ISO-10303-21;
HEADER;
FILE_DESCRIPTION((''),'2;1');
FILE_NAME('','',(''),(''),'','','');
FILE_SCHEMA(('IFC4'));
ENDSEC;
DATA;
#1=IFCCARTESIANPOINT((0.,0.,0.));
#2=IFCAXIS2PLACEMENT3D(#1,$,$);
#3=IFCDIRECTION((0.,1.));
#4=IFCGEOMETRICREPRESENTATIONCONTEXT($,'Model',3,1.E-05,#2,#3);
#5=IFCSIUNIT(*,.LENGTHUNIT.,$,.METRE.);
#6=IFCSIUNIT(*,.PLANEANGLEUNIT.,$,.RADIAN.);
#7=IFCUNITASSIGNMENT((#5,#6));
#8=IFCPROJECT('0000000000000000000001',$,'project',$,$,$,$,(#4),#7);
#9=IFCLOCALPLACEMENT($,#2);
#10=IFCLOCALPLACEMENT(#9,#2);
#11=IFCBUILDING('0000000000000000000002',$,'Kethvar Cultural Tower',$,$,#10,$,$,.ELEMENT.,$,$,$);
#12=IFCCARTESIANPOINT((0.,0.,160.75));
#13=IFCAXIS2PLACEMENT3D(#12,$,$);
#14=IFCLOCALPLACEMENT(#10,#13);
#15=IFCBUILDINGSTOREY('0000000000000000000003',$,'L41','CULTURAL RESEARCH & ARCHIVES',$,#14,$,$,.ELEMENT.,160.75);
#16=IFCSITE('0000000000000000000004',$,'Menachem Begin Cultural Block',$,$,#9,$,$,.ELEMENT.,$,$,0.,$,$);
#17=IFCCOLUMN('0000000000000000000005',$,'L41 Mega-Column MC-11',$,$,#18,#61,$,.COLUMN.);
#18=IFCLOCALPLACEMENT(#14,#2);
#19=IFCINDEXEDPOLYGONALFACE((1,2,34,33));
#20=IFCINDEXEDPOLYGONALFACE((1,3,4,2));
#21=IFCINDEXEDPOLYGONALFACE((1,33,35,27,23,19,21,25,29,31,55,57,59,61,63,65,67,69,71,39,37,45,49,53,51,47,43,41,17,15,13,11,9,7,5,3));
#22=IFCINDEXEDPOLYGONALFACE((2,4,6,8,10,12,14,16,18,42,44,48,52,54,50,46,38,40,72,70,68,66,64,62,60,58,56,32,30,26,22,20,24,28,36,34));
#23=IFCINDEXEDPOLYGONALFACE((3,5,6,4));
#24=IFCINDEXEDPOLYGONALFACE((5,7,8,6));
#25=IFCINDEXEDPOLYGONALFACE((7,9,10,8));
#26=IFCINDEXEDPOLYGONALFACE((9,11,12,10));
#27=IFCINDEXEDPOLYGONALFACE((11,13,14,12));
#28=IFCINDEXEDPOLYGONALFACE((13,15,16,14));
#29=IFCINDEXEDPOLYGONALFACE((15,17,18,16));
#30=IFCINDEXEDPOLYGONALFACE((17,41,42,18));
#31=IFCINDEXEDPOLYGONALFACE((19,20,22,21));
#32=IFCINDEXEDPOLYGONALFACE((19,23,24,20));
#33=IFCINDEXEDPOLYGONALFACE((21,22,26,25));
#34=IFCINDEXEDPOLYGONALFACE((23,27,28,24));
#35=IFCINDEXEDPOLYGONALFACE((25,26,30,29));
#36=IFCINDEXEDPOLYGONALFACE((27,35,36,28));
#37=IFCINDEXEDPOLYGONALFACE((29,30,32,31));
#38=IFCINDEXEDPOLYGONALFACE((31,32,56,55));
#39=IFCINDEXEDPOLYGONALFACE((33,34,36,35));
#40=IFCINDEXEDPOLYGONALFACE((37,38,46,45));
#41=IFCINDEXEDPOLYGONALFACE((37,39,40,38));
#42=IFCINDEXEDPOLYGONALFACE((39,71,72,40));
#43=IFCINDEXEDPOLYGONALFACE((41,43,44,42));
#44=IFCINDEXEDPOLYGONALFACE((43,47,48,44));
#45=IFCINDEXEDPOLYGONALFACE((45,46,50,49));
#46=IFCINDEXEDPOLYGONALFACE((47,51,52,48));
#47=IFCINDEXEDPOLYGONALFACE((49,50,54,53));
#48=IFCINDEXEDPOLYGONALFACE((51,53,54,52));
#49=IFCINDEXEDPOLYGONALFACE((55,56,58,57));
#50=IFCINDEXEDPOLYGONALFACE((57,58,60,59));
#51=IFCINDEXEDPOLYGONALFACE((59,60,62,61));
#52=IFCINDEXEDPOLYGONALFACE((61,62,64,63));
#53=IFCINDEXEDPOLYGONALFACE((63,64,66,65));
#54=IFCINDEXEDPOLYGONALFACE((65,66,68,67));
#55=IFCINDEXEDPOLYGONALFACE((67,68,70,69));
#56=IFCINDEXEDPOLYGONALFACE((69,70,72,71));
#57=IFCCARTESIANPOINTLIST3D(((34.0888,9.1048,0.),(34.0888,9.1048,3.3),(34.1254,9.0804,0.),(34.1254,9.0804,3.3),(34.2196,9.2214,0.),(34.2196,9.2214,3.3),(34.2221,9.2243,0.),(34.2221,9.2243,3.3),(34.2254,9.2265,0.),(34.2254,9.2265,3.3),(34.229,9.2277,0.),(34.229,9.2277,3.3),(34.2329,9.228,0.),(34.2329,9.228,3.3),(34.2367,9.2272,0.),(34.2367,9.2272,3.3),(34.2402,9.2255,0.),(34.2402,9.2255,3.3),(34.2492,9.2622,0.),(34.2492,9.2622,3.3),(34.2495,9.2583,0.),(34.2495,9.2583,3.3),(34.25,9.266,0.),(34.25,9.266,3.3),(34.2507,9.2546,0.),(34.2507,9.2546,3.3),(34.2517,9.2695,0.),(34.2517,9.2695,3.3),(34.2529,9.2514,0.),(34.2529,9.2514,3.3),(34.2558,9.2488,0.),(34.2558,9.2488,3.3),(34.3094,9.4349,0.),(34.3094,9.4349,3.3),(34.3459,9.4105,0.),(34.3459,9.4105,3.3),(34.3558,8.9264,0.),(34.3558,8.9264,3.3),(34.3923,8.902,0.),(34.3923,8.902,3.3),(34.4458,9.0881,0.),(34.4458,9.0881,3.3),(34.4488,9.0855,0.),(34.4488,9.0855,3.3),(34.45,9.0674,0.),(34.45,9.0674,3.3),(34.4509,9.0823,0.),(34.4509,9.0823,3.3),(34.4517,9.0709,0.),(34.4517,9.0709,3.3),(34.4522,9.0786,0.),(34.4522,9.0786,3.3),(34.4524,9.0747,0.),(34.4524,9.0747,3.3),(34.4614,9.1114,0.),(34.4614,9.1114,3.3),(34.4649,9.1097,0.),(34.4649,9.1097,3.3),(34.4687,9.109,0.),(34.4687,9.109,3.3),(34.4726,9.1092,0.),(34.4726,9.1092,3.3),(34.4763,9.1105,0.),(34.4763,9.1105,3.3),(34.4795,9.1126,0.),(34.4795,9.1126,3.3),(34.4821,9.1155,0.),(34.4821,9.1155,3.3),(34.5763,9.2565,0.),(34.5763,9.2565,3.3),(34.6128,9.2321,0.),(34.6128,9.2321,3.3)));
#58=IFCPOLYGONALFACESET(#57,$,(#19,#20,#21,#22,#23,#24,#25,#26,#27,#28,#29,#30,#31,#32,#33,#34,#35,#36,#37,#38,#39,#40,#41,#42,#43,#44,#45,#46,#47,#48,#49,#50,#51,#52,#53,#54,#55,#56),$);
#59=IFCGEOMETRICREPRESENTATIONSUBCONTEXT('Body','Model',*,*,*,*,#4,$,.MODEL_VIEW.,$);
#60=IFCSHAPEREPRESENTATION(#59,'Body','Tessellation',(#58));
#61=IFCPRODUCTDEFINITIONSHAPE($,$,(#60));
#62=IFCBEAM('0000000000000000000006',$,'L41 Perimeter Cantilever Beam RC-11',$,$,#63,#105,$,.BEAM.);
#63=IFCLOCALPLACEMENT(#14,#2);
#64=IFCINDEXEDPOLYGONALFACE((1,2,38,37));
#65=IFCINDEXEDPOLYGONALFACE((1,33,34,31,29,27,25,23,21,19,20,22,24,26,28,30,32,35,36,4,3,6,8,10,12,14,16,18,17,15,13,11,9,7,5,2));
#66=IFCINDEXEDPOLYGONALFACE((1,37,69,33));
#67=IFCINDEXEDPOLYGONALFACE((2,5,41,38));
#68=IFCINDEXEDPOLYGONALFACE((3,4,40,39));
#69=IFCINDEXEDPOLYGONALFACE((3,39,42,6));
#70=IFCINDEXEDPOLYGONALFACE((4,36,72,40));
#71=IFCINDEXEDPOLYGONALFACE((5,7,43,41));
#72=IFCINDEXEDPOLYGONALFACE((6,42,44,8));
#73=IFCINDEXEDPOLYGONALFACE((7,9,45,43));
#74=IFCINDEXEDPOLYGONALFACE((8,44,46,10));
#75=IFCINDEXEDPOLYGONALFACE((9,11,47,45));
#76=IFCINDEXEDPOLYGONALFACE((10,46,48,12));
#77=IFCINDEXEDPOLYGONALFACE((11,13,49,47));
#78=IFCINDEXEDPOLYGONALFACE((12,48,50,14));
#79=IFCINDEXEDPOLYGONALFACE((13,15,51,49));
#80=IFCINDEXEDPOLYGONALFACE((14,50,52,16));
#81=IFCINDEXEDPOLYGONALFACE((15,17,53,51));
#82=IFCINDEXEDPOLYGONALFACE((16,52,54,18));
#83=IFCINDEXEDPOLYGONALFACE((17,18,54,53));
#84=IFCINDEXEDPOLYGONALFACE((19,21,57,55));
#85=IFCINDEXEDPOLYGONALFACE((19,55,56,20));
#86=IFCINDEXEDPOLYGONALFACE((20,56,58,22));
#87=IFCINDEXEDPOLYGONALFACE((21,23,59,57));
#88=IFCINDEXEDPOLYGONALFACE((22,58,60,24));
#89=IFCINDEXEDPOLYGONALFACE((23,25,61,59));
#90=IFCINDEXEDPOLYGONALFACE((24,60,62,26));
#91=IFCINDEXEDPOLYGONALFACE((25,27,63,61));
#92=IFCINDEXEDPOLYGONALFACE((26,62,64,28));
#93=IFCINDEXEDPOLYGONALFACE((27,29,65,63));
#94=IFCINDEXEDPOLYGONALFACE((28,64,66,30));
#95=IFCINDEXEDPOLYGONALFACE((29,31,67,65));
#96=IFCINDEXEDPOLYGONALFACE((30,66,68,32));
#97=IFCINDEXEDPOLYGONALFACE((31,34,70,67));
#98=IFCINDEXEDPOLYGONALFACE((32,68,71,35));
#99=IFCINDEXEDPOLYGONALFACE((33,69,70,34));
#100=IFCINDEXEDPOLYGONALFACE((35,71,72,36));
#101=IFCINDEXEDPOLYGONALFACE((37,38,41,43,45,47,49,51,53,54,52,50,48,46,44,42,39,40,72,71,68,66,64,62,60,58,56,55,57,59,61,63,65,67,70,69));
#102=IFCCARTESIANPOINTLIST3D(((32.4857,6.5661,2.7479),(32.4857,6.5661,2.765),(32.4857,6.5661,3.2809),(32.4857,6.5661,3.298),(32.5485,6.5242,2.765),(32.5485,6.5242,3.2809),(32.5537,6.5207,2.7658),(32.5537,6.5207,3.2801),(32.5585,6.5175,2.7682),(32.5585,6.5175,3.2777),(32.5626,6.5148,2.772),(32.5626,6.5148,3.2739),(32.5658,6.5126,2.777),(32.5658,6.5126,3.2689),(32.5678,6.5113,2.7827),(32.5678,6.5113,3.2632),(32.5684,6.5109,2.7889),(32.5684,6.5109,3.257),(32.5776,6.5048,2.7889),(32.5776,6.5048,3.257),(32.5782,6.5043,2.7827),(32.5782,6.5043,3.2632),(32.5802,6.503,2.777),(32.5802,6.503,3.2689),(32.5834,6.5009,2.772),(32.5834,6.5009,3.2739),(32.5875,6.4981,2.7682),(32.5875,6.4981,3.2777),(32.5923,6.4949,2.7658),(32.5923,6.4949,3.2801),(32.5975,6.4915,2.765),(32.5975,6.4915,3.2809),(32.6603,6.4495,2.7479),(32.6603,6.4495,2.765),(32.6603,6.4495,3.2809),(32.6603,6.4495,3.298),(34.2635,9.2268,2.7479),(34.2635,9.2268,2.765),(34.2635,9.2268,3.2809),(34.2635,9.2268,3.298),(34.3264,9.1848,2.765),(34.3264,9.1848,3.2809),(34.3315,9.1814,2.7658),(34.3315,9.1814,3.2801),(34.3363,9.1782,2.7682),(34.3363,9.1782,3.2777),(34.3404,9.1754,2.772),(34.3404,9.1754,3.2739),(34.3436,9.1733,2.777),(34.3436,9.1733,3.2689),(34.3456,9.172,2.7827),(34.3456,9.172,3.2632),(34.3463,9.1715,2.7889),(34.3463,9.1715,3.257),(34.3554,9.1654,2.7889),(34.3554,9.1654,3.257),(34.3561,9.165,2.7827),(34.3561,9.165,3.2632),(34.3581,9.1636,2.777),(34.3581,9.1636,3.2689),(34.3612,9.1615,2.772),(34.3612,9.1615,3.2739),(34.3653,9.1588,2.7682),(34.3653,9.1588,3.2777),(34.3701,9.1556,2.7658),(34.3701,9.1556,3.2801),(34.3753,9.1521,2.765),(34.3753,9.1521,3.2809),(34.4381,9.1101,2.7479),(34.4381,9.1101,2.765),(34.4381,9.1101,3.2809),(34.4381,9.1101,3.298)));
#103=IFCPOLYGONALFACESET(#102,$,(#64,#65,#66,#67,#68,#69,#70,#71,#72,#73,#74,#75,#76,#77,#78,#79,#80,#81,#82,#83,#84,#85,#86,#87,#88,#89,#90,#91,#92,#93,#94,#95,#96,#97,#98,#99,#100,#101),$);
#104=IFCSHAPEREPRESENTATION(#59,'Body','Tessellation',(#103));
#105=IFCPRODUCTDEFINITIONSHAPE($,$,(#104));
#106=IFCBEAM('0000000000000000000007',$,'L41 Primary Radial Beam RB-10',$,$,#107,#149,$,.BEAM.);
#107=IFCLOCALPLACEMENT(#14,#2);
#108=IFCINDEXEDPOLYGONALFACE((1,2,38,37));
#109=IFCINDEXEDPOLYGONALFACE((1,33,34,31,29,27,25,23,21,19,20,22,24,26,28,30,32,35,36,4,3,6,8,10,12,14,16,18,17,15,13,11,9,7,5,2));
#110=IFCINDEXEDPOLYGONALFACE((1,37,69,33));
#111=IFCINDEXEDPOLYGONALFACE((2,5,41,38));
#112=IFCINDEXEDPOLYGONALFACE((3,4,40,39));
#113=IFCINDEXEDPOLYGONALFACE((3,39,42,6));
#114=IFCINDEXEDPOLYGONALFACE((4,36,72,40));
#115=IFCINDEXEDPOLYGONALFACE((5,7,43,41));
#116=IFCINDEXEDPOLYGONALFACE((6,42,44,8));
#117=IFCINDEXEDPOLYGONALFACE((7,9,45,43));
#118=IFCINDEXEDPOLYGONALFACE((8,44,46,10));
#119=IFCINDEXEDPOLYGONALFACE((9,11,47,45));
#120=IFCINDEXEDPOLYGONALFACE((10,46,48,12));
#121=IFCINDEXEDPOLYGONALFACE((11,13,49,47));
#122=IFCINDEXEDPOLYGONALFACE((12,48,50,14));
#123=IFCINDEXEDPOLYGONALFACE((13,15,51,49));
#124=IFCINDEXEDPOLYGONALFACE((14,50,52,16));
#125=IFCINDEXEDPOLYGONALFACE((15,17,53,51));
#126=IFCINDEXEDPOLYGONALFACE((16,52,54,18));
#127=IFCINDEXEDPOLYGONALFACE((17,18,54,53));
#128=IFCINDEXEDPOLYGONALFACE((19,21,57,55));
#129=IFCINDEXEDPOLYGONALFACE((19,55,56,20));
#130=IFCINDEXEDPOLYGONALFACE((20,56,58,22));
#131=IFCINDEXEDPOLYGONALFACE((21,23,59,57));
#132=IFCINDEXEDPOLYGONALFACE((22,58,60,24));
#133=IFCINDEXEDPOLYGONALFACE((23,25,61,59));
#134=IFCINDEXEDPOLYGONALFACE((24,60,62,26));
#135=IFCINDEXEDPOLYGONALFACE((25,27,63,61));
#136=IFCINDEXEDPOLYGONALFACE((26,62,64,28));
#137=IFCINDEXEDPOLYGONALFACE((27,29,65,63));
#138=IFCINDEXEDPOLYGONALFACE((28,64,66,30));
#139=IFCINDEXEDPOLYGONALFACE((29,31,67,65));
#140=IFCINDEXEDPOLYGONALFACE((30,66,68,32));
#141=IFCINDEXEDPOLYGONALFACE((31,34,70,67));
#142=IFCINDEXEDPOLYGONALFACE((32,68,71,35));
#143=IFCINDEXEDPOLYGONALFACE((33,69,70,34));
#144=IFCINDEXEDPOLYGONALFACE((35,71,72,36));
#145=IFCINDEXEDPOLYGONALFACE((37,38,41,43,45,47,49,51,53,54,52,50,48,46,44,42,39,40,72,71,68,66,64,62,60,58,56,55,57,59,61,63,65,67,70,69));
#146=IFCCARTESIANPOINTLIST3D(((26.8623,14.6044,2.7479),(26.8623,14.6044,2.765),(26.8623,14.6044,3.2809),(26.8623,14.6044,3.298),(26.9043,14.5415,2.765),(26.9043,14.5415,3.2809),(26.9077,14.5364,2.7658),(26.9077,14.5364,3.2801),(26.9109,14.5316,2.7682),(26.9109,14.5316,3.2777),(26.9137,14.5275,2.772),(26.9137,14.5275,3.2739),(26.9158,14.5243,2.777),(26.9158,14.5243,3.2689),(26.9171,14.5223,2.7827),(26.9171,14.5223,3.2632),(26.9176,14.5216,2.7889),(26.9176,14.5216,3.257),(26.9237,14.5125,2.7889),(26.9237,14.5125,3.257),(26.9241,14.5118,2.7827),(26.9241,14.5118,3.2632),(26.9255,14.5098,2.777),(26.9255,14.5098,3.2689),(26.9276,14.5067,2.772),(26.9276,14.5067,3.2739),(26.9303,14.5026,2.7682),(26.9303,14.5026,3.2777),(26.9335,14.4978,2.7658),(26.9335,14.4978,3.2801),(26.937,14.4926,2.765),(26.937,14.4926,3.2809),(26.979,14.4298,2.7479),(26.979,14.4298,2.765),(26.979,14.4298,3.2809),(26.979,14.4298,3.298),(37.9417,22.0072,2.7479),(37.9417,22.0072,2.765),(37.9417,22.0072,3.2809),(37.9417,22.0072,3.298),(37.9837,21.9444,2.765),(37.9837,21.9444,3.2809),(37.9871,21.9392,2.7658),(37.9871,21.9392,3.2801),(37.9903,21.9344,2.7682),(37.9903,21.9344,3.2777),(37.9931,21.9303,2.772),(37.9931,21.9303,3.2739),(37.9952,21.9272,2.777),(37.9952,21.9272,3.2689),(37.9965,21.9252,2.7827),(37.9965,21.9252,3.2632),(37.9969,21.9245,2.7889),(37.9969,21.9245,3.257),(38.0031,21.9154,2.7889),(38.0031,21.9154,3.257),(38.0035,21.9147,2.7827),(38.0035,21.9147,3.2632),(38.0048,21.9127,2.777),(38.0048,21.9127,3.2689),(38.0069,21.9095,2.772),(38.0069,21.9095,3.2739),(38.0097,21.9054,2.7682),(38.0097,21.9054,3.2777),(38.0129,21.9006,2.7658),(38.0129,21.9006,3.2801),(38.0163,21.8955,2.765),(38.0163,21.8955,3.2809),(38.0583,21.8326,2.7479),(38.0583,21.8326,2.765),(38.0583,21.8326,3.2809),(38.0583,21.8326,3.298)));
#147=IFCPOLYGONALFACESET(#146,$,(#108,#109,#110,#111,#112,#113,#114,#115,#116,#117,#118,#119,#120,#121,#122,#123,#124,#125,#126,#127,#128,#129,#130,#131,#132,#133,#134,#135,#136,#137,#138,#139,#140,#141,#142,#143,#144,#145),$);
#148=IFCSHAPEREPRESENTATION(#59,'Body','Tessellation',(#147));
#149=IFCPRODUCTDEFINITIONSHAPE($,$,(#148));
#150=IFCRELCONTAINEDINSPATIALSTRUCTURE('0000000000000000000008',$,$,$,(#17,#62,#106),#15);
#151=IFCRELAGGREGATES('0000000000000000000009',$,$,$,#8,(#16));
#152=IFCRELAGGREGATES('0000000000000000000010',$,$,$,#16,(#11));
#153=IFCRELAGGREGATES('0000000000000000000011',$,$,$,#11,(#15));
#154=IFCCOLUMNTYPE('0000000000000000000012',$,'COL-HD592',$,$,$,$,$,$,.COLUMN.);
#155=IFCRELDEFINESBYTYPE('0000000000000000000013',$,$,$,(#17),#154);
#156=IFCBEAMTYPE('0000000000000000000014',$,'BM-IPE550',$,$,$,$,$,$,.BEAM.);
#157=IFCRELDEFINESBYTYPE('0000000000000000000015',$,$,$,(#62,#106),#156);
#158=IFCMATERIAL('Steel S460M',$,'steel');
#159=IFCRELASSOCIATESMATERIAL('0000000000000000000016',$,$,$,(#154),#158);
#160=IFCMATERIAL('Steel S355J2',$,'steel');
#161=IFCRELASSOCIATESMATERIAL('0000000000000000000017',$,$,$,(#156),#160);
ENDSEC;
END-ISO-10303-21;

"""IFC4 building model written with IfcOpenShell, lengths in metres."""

from ifc_helpers import new_model, si_unit, direction, frame, origin, origin_2d, place, context, subcontext, project, spatial, i_section, extrude, source, transform, mapped, material, material_profile, profile_set, type_object, element, save


model = new_model("IFC4")

# Units and contexts
model_context = context("Model", 3, precision=1e-05, world=origin(), true_north=direction((0.0, 1.0)))
body_context = subcontext(model_context, "Body", "Model", "MODEL_VIEW")
ifc_project = project(units=[si_unit("LENGTHUNIT", "METRE"), si_unit("PLANEANGLEUNIT", "RADIAN")], contexts=[model_context])

# Site, building, storey
site_placement = place(None, origin())
site = spatial("IfcSite", under=ifc_project, at=site_placement, Name="Menachem Begin Cultural Block", CompositionType="ELEMENT", RefElevation=0.0)
building_placement = place(site_placement, origin())
building = spatial("IfcBuilding", under=site, at=building_placement, Name="Kethvar Cultural Tower", CompositionType="ELEMENT")
storey_placement = place(building_placement, frame((0.0, 0.0, 160.75)))
storey = spatial("IfcBuildingStorey", under=building, at=storey_placement, Name="L41", Description="CULTURAL RESEARCH & ARCHIVES", CompositionType="ELEMENT", Elevation=160.75)

# Column
ifc_material_1 = material(Name="Steel S460M", Category="steel")
ifc_material_profile_1 = material_profile(ifc_material_1, i_section(OverallWidth=0.397, OverallDepth=0.365, WebThickness=0.0281, FlangeThickness=0.0439, FilletRadius=0.0149, at=origin_2d()), Name="Steel S460M — HD400x592")
ifc_profile_set_1 = profile_set([ifc_material_profile_1], Name="Steel S460M — HD400x592")
column_type = type_object("IfcColumnType", Name="COL-HD592", PredefinedType="COLUMN", material=ifc_profile_set_1)
shared_shape_1 = source(origin(), body_context, "Body", "SweptSolid", [
    extrude(i_section(OverallWidth=0.397, OverallDepth=0.365, WebThickness=0.0281, FlangeThickness=0.0439, FilletRadius=0.0149, at=origin_2d()), origin(), (0.0, 0.0, 1.0), 3.3),
])
column_placement = place(storey_placement, frame((34.3508, 9.1685, 0.0), z_axis=(0.0, 0.0, 1.0), x_axis=(-0.55557, -0.83147, 0.0)))
element("IfcColumn", 1, at=column_placement, inside=storey, type_object=column_type, Name="L41 Mega-Column MC-11", PredefinedType="COLUMN", context=body_context, shape_type="MappedRepresentation", body=[
    mapped(shared_shape_1, transform((0.0, 0.0, 0.0), scale=1.0)),
])

# Beams
ifc_material_2 = material(Name="Steel S355J2", Category="steel")
ifc_material_profile_2 = material_profile(ifc_material_2, i_section(OverallWidth=0.21, OverallDepth=0.55, WebThickness=0.011, FlangeThickness=0.0171, FilletRadius=0.0239, at=origin_2d()), Name="Steel S355J2 — IPE550")
ifc_profile_set_2 = profile_set([ifc_material_profile_2], Name="Steel S355J2 — IPE550")
beam_type_1 = type_object("IfcBeamType", Name="BM-IPE550", PredefinedType="BEAM", material=ifc_profile_set_2)
shared_shape_2 = source(origin(), body_context, "Body", "SweptSolid", [
    extrude(i_section(OverallWidth=0.21, OverallDepth=0.55, WebThickness=0.011, FlangeThickness=0.0171, FilletRadius=0.0239, at=origin_2d()), origin(), (0.0, 0.0, 1.0), 3.2),
])
beam_1_placement = place(storey_placement, frame((34.3508, 9.1685, 3.0229), z_axis=(-0.55558, -0.831463, 0.0), x_axis=(0.831463, -0.55558, 0.0)))
element("IfcBeam", 2, at=beam_1_placement, inside=storey, type_object=beam_type_1, Name="L41 Perimeter Cantilever Beam RC-11", PredefinedType="BEAM", context=body_context, shape_type="MappedRepresentation", body=[
    mapped(shared_shape_2, transform((0.0, 0.0, 0.0), scale=1.0)),
])
shared_shape_3 = source(origin(), body_context, "Body", "SweptSolid", [
    extrude(i_section(OverallWidth=0.21, OverallDepth=0.55, WebThickness=0.011, FlangeThickness=0.0171, FilletRadius=0.0239, at=origin_2d()), origin(), (0.0, 0.0, 1.0), 13.325),
])
beam_2_placement = place(storey_placement, frame((38.0, 21.9199, 3.0229), z_axis=(-0.831475, -0.555562, 0.0), x_axis=(0.555562, -0.831475, 0.0)))
element("IfcBeam", 3, at=beam_2_placement, inside=storey, type_object=beam_type_1, Name="L41 Primary Radial Beam RB-10", PredefinedType="BEAM", context=body_context, shape_type="MappedRepresentation", body=[
    mapped(shared_shape_3, transform((0.0, 0.0, 0.0), scale=1.0)),
])

save(model, "model.ifc")
